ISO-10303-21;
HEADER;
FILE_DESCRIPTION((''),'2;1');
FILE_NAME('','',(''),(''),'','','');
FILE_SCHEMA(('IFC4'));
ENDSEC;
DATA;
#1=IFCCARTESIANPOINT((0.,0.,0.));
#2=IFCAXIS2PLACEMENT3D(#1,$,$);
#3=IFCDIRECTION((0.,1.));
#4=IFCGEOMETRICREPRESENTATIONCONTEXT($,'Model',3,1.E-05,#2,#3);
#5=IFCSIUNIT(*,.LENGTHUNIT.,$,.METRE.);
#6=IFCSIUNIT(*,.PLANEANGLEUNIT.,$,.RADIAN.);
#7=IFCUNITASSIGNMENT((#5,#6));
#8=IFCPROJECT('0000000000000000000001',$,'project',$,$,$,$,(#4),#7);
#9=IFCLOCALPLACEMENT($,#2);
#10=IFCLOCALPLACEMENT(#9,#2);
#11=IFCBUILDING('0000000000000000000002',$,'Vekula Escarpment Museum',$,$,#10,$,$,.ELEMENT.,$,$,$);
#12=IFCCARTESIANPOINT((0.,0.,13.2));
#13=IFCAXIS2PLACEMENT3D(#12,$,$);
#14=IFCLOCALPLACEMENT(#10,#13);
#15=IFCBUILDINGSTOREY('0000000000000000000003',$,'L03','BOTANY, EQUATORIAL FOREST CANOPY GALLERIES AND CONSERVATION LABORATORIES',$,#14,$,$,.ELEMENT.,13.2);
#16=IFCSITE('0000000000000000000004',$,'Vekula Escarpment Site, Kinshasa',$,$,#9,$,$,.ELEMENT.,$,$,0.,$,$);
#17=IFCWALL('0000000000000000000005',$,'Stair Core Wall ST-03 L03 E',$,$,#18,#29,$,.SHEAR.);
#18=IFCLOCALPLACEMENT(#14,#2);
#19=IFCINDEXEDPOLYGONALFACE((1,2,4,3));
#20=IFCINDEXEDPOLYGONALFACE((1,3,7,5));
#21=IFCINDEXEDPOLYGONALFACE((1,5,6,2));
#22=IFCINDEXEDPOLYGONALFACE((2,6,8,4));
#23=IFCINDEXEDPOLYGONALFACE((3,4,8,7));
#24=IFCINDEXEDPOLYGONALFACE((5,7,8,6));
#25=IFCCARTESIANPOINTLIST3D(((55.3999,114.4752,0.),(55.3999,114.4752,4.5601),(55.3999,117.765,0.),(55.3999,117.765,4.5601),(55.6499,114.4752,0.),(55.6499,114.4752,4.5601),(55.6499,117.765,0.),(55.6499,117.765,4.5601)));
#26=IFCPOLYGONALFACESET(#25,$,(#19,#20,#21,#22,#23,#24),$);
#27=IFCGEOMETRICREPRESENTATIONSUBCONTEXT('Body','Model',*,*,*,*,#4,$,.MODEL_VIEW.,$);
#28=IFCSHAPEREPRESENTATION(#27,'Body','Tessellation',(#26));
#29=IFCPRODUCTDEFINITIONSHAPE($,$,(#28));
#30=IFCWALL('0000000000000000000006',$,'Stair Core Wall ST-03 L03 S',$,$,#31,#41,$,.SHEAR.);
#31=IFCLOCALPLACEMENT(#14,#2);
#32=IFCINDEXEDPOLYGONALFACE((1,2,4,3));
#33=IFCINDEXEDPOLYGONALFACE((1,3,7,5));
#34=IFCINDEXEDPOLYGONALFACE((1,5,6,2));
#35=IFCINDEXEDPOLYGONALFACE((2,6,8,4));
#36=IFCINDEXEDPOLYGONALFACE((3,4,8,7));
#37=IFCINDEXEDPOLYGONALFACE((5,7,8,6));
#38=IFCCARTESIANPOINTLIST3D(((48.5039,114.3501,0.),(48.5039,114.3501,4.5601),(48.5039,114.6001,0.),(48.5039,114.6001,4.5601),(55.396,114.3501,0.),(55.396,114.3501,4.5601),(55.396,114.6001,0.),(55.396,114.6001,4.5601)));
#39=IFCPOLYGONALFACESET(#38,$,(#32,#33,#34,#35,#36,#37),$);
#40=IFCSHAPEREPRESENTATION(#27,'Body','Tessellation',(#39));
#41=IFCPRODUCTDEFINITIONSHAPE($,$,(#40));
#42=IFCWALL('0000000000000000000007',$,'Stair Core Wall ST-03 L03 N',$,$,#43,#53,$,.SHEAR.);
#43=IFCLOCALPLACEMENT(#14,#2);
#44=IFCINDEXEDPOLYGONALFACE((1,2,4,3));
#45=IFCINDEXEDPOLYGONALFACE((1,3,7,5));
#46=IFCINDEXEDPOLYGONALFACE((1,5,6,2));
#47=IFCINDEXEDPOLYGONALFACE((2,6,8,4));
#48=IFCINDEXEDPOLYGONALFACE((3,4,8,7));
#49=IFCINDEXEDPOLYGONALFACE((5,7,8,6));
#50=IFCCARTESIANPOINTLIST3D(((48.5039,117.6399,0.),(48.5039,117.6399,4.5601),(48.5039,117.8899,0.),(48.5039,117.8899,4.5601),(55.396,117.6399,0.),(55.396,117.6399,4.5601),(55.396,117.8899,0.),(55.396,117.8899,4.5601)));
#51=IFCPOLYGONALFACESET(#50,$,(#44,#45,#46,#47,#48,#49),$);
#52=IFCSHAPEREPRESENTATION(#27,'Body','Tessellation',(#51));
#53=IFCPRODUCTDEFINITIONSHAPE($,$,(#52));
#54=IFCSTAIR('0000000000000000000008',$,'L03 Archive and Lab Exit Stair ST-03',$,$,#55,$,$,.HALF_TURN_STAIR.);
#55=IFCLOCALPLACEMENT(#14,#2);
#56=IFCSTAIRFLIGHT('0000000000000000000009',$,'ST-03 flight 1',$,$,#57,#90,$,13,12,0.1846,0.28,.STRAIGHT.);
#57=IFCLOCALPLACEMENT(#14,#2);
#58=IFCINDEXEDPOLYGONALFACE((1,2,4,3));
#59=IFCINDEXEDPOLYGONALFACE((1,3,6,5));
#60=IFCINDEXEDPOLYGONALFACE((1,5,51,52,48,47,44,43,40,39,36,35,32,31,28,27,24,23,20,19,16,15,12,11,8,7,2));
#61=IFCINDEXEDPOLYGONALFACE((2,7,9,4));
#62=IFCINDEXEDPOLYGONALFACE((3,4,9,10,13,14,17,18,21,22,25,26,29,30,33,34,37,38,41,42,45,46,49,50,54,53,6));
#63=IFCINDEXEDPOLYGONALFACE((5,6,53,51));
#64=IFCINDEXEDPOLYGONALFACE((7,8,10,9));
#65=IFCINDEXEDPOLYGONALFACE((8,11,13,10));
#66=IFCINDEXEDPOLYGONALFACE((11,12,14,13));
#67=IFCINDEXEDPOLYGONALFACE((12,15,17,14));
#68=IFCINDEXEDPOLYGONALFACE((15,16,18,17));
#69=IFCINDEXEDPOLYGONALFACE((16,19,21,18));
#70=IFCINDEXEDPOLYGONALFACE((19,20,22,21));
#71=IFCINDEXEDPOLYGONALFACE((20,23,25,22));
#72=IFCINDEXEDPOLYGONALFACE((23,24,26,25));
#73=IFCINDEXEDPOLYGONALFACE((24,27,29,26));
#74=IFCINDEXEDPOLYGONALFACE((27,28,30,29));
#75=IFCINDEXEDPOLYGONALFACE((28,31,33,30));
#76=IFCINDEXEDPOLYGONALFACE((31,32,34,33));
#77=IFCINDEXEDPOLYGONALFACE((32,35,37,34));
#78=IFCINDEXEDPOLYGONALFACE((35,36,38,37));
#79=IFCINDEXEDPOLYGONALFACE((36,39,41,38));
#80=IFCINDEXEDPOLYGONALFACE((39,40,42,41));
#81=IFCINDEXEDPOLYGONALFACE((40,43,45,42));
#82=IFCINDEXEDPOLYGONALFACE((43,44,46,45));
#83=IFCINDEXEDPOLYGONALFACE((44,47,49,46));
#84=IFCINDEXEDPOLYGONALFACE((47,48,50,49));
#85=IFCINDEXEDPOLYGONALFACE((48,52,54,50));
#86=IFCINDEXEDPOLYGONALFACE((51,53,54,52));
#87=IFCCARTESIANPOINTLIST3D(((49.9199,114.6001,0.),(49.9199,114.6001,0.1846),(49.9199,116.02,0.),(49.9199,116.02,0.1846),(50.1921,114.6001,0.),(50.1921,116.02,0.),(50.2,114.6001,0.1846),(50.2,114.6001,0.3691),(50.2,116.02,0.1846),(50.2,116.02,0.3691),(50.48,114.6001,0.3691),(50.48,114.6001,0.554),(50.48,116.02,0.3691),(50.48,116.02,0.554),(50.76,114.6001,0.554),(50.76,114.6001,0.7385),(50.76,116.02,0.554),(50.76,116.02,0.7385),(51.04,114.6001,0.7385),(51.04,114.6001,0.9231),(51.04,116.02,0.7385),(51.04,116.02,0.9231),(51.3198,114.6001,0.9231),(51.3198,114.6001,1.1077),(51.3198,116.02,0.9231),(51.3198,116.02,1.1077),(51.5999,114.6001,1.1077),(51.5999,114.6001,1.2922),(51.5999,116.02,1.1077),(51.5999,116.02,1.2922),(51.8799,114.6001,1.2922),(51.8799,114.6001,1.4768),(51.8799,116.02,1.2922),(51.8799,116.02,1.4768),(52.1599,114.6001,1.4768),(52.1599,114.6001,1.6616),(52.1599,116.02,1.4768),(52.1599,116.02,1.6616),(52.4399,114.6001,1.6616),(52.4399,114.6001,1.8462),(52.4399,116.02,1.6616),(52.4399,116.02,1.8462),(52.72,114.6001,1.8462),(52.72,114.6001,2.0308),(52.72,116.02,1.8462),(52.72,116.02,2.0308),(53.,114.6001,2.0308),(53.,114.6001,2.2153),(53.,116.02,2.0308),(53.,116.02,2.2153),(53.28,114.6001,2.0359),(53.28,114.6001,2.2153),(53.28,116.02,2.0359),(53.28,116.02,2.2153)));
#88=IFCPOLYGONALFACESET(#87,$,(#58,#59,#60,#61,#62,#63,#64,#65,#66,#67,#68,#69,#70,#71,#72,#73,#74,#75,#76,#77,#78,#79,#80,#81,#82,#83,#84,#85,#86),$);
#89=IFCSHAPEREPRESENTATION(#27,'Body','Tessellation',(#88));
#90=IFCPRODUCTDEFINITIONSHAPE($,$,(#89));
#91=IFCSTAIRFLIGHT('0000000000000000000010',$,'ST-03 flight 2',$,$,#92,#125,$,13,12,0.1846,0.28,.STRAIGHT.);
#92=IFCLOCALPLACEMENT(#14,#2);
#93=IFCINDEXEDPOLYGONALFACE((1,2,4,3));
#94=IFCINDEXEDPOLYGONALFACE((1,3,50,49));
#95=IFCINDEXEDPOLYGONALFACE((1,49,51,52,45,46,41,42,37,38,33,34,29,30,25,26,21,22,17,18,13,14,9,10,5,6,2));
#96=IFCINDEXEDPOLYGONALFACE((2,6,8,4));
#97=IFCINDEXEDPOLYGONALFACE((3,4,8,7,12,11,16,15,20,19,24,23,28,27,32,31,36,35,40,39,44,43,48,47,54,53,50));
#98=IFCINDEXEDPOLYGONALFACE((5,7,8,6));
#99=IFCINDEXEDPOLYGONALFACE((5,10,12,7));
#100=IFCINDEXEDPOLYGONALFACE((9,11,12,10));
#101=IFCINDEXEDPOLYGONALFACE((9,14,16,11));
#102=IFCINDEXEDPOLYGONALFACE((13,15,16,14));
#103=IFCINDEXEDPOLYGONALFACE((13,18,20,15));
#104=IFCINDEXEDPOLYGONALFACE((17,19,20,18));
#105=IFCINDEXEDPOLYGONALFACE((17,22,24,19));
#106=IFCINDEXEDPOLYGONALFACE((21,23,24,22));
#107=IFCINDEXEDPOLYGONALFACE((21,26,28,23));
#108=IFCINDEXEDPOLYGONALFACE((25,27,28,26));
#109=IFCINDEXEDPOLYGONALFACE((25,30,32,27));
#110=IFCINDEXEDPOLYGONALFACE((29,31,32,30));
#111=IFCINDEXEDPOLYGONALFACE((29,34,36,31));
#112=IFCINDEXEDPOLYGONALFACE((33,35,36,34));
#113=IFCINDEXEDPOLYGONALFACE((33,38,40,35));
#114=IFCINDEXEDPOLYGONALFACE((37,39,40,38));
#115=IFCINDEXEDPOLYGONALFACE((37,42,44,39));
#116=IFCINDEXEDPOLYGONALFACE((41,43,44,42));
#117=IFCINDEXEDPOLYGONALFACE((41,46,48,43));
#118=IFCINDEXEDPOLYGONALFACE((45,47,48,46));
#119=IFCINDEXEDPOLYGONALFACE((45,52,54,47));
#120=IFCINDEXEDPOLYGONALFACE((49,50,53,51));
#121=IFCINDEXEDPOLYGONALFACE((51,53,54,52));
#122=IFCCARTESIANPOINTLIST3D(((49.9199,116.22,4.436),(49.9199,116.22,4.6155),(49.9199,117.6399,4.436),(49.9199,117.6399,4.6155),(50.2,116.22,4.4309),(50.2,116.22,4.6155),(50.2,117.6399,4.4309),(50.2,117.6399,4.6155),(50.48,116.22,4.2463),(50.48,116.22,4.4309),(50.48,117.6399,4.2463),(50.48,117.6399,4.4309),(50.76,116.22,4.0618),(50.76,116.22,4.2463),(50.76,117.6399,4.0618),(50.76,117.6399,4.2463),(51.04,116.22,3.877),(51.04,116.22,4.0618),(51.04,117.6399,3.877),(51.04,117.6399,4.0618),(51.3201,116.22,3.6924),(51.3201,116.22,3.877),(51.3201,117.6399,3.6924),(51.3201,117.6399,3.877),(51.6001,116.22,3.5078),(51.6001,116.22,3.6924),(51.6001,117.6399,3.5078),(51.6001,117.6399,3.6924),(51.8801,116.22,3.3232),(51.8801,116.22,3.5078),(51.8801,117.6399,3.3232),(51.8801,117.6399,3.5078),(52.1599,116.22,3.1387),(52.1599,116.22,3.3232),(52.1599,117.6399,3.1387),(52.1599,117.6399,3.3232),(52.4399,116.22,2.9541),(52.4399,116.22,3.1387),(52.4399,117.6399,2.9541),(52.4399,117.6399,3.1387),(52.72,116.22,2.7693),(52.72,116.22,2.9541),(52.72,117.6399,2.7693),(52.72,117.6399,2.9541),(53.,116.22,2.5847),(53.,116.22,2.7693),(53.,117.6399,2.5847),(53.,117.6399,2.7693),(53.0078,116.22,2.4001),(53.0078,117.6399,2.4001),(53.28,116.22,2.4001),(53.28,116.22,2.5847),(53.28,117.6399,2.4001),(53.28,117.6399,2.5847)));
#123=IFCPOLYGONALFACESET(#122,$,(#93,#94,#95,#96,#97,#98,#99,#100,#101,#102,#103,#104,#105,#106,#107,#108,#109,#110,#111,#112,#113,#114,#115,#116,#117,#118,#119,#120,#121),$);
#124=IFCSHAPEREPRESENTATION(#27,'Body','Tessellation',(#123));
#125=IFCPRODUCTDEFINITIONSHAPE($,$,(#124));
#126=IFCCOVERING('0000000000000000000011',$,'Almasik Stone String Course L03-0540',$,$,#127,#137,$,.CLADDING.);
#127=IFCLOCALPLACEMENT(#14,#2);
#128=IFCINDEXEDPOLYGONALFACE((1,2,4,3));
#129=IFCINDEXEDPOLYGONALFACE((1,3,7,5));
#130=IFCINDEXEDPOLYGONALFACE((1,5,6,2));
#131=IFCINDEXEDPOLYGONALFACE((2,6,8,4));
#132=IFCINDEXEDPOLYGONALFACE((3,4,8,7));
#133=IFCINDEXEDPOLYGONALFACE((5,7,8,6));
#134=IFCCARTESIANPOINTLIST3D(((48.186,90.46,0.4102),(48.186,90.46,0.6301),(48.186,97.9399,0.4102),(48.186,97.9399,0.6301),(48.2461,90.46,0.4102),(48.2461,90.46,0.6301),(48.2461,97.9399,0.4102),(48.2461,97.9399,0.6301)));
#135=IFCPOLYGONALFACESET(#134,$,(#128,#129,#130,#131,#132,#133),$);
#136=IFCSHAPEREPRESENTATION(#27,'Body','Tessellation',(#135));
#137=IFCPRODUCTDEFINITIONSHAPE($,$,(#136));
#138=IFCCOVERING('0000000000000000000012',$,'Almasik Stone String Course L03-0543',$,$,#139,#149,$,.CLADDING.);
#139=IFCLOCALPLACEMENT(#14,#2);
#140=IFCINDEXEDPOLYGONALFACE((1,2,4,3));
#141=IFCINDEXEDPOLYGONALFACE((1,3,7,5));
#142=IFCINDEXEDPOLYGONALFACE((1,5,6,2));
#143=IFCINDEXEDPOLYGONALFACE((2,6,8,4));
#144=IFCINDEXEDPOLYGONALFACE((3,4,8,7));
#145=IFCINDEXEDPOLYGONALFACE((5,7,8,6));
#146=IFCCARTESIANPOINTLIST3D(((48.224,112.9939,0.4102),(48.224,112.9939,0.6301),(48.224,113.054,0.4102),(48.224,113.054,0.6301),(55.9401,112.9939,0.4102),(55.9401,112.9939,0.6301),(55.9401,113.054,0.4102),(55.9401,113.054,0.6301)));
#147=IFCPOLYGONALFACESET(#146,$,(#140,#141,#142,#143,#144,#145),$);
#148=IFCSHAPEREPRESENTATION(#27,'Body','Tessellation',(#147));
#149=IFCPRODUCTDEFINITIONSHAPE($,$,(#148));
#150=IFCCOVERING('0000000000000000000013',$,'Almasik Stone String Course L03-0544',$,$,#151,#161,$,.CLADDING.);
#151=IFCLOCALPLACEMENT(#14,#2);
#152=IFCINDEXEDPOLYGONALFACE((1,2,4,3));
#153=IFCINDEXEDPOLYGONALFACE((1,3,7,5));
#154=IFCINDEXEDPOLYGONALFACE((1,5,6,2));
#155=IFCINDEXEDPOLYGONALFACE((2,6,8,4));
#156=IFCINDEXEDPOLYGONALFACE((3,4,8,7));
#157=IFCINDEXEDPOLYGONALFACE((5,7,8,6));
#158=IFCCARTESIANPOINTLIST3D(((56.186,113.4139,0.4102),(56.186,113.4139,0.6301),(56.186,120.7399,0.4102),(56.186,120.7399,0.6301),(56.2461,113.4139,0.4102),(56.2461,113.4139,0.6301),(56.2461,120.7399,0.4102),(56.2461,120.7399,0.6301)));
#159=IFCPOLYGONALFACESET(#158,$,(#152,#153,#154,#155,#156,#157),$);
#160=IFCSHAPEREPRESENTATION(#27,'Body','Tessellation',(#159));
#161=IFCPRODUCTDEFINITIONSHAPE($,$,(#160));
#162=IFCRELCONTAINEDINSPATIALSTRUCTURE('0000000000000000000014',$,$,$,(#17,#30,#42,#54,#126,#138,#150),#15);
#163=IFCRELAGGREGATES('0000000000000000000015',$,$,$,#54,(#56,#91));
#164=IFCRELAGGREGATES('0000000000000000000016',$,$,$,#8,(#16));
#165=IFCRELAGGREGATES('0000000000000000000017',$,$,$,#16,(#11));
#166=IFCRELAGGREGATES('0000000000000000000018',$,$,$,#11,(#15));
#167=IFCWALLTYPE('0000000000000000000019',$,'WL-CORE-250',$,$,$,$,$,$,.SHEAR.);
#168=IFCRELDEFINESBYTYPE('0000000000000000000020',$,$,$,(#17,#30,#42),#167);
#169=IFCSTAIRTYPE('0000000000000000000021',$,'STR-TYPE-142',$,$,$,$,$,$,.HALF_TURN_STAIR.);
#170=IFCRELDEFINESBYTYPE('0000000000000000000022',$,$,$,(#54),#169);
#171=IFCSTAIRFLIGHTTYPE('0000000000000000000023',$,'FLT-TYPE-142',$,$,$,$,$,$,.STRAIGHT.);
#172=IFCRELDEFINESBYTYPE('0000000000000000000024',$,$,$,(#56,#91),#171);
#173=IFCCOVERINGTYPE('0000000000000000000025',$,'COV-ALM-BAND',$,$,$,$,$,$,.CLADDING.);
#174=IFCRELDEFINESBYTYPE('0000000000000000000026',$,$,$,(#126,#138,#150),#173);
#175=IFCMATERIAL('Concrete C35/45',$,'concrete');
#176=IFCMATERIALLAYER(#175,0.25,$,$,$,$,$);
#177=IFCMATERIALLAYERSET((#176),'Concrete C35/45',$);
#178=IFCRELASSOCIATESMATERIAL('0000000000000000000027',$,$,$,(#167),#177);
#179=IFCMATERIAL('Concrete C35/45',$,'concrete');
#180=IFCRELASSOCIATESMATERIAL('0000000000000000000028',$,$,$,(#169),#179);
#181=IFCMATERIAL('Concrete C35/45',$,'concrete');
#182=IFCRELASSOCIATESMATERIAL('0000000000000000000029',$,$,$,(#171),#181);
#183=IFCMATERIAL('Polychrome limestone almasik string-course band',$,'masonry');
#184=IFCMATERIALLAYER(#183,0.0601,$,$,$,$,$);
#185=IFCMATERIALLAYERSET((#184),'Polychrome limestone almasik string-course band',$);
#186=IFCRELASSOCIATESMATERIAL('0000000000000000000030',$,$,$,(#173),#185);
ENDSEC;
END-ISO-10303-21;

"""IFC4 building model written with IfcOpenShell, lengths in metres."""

from ifc_helpers import new_model, si_unit, direction, frame, frame_2d, origin, origin_2d, place, context, subcontext, project, spatial, polyline, rectangle, outline, extrude, material, layer, layer_set, type_object, element, aggregate, save


model = new_model("IFC4")

# Units and contexts
model_context = context("Model", 3, precision=1e-05, world=origin(), true_north=direction((0.0, 1.0)))
body_context = subcontext(model_context, "Body", "Model", "MODEL_VIEW")
ifc_project = project(units=[si_unit("LENGTHUNIT", "METRE"), si_unit("PLANEANGLEUNIT", "RADIAN")], contexts=[model_context])

# Site, building, storey
site_placement = place(None, origin())
site = spatial("IfcSite", under=ifc_project, at=site_placement, Name="Vekula Escarpment Site, Kinshasa", CompositionType="ELEMENT", RefElevation=0.0)
building_placement = place(site_placement, origin())
building = spatial("IfcBuilding", under=site, at=building_placement, Name="Vekula Escarpment Museum", CompositionType="ELEMENT")
storey_placement = place(building_placement, frame((0.0, 0.0, 13.2)))
storey = spatial("IfcBuildingStorey", under=building, at=storey_placement, Name="L03", Description="BOTANY, EQUATORIAL FOREST CANOPY GALLERIES AND CONSERVATION LABORATORIES", CompositionType="ELEMENT", Elevation=13.2)

# Shared definitions
ifc_material_1 = material(Name="Concrete C35/45", Category="concrete")
ifc_layer_1 = layer(ifc_material_1, 0.25)
ifc_layer_set_1 = layer_set([ifc_layer_1], Name="Concrete C35/45")
wall_type_1 = type_object("IfcWallType", Name="WL-CORE-250", PredefinedType="SHEAR", material=ifc_layer_set_1)

# Walls
wall_1_placement = place(storey_placement, frame((55.5249, 114.4751, 0.0), z_axis=(0.0, 0.0, 1.0), x_axis=(0.0, 1.0, 0.0)))
element("IfcWall", 1, at=wall_1_placement, inside=storey, type_object=wall_type_1, Name="Stair Core Wall ST-03 L03 E", PredefinedType="SHEAR", context=body_context, shape_type="SweptSolid", body=[
    extrude(rectangle(XDim=3.2898, YDim=0.25, at=frame_2d((1.645, 0.0))), origin(), (0.0, 0.0, 1.0), 4.5601),
])
for number, where, z_axis, x_axis, name in (
    (2, (48.5039, 114.4751, 0.0), (0.0, 0.0, 1.0), (1.0, 0.0, 0.0), "Stair Core Wall ST-03 L03 S"),
    (3, (48.5039, 117.7649, 0.0), (0.0, 0.0, 1.0), (1.0, 0.0, 0.0), "Stair Core Wall ST-03 L03 N"),
):
    element("IfcWall", number, at=place(storey_placement, frame(where, z_axis=z_axis, x_axis=x_axis)), inside=storey, type_object=wall_type_1, Name=name, PredefinedType="SHEAR", context=body_context, shape_type="SweptSolid", body=[
        extrude(rectangle(XDim=6.8921, YDim=0.25, at=frame_2d((3.446, 0.0))), origin(), (0.0, 0.0, 1.0), 4.5601),
    ])

# Stair, stair flights
ifc_material_2 = material(Name="Concrete C35/45", Category="concrete")
stair_type = type_object("IfcStairType", Name="STR-TYPE-142", PredefinedType="HALF_TURN_STAIR", material=ifc_material_2)
stair_placement = place(storey_placement, origin())
stair = element("IfcStair", 4, at=stair_placement, inside=storey, type_object=stair_type, Name="L03 Archive and Lab Exit Stair ST-03", PredefinedType="HALF_TURN_STAIR")
ifc_material_3 = material(Name="Concrete C35/45", Category="concrete")
stair_flight_type = type_object("IfcStairFlightType", Name="FLT-TYPE-142", PredefinedType="STRAIGHT", material=ifc_material_3)
stair_flight_1_placement = place(storey_placement, frame((49.9199, 115.3101, 0.0), z_axis=(0.0, 0.0, 1.0), x_axis=(1.0, 0.0, 0.0)))
stair_flight_1 = element("IfcStairFlight", 5, at=stair_flight_1_placement, type_object=stair_flight_type, Name="ST-03 flight 1", NumberOfRisers=13, NumberOfTreads=12, PredefinedType="STRAIGHT", RiserHeight=0.1846, TreadLength=0.28, context=body_context, shape_type="SweptSolid", body=[
    extrude(outline(polyline([(0.0, 0.0), (0.0, 0.1846), (0.28, 0.1846), (0.28, 0.3691), (0.5601, 0.3691), (0.5601, 0.554), (0.8401, 0.554), (0.8401, 0.7385), (1.1201, 0.7385), (1.1201, 0.9231), (1.3999, 0.9231), (1.3999, 1.1077), (1.6799, 1.1077), (1.6799, 1.2922), (1.96, 1.2922), (1.96, 1.4768), (2.24, 1.4768), (2.24, 1.6616), (2.52, 1.6616), (2.52, 1.8462), (2.8, 1.8462), (2.8, 2.0308), (3.0801, 2.0308), (3.0801, 2.2153), (3.3601, 2.2153), (3.3601, 2.3999), (3.3601, 2.0359), (0.2722, 0.0), (0.0, 0.0)])), frame((0.0, 0.71, 0.0), z_axis=(0.0, -1.0, 0.0), x_axis=(1.0, 0.0, 0.0)), (0.0, 0.0, 1.0), 1.4199),
])
stair_flight_2_placement = place(storey_placement, frame((53.28, 116.9299, 2.4001), z_axis=(0.0, 0.0, 1.0), x_axis=(-1.0, 0.0, 0.0)))
stair_flight_2 = element("IfcStairFlight", 6, at=stair_flight_2_placement, type_object=stair_flight_type, Name="ST-03 flight 2", NumberOfRisers=13, NumberOfTreads=12, PredefinedType="STRAIGHT", RiserHeight=0.1846, TreadLength=0.28, context=body_context, shape_type="SweptSolid", body=[
    extrude(outline(polyline([(0.0, 0.0), (0.0, 0.1846), (0.28, 0.1846), (0.28, 0.3691), (0.5601, 0.3691), (0.5601, 0.554), (0.8401, 0.554), (0.8401, 0.7385), (1.1201, 0.7385), (1.1201, 0.9231), (1.3999, 0.9231), (1.3999, 1.1077), (1.6799, 1.1077), (1.6799, 1.2922), (1.96, 1.2922), (1.96, 1.4768), (2.24, 1.4768), (2.24, 1.6616), (2.52, 1.6616), (2.52, 1.8462), (2.8, 1.8462), (2.8, 2.0308), (3.0801, 2.0308), (3.0801, 2.2153), (3.3601, 2.2153), (3.3601, 2.3999), (3.3601, 2.0359), (0.2722, 0.0), (0.0, 0.0)])), frame((0.0, 0.71, 0.0), z_axis=(0.0, -1.0, 0.0), x_axis=(1.0, 0.0, 0.0)), (0.0, 0.0, 1.0), 1.4199),
])
aggregate(stair, [stair_flight_1, stair_flight_2])

# Coverings
ifc_material_4 = material(Name="Polychrome limestone almasik string-course band", Category="masonry")
ifc_layer_2 = layer(ifc_material_4, 0.0601)
ifc_layer_set_2 = layer_set([ifc_layer_2], Name="Polychrome limestone almasik string-course band")
covering_type = type_object("IfcCoveringType", Name="COV-ALM-BAND", PredefinedType="CLADDING", material=ifc_layer_set_2)
covering_1_placement = place(storey_placement, frame((48.2161, 94.2, 0.4102), z_axis=(0.0, 0.0, 1.0), x_axis=(0.0, 1.0, 0.0)))
element("IfcCovering", 7, at=covering_1_placement, inside=storey, type_object=covering_type, Name="Almasik Stone String Course L03-0540", PredefinedType="CLADDING", context=body_context, shape_type="SweptSolid", body=[
    extrude(rectangle(XDim=7.48, YDim=0.0601, at=origin_2d()), origin(), (0.0, 0.0, 1.0), 0.22),
])
covering_2_placement = place(storey_placement, frame((52.082, 113.0239, 0.4102), z_axis=(0.0, 0.0, 1.0), x_axis=(1.0, 0.0, 0.0)))
element("IfcCovering", 8, at=covering_2_placement, inside=storey, type_object=covering_type, Name="Almasik Stone String Course L03-0543", PredefinedType="CLADDING", context=body_context, shape_type="SweptSolid", body=[
    extrude(rectangle(XDim=7.7161, YDim=0.0601, at=origin_2d()), origin(), (0.0, 0.0, 1.0), 0.22),
])
covering_3_placement = place(storey_placement, frame((56.2161, 117.0769, 0.4102), z_axis=(0.0, 0.0, 1.0), x_axis=(0.0, 1.0, 0.0)))
element("IfcCovering", 9, at=covering_3_placement, inside=storey, type_object=covering_type, Name="Almasik Stone String Course L03-0544", PredefinedType="CLADDING", context=body_context, shape_type="SweptSolid", body=[
    extrude(rectangle(XDim=7.3259, YDim=0.0601, at=origin_2d()), origin(), (0.0, 0.0, 1.0), 0.22),
])

save(model, "model.ifc")
